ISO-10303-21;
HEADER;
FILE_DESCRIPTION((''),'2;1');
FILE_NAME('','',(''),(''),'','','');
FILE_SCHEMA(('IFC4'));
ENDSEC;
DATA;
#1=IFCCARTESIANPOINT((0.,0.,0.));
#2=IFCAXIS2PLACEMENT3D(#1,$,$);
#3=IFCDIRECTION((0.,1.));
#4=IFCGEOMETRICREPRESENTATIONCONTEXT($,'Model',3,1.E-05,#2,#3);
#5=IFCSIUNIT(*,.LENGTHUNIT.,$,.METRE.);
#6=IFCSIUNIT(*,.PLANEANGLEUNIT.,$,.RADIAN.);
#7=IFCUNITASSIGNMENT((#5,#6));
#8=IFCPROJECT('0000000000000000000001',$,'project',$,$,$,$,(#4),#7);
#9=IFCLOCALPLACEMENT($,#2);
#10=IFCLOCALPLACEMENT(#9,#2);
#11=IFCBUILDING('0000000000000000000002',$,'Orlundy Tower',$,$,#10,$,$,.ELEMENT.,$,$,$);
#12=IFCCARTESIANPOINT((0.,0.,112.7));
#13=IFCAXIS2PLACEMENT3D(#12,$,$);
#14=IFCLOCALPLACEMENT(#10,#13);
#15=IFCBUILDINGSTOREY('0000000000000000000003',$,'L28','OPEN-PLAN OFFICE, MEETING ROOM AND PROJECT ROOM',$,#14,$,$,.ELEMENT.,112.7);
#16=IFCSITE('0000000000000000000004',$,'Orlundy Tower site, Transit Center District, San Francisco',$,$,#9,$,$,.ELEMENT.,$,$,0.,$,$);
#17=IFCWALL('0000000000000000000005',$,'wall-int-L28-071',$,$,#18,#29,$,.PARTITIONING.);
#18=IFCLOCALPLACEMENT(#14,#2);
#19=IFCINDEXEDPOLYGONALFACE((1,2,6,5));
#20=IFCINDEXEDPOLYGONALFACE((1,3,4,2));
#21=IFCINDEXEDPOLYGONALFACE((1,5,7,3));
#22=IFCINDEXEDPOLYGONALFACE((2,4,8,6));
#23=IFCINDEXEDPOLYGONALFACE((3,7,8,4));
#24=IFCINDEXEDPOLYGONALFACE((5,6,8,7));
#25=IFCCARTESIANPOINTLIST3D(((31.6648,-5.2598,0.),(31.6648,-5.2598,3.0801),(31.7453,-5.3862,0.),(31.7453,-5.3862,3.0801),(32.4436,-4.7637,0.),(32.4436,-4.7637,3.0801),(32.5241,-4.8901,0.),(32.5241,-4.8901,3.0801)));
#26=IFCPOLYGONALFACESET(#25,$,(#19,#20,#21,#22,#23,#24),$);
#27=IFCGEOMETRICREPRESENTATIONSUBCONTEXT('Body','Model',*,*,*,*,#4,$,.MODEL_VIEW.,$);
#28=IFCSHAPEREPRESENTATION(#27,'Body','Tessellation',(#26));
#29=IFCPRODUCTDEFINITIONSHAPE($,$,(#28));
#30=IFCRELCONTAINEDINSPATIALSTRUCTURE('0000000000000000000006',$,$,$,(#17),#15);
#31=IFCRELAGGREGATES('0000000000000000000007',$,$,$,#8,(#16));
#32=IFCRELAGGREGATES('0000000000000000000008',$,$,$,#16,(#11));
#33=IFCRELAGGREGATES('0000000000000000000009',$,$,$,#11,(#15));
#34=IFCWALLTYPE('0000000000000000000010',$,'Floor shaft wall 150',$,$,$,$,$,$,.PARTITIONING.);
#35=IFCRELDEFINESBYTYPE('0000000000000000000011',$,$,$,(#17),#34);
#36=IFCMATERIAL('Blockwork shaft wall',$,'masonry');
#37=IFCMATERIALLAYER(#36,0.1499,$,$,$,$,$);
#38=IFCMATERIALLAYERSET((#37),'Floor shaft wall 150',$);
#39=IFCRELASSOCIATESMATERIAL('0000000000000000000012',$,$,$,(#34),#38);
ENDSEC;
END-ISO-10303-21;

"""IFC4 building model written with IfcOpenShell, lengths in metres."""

from ifc_helpers import new_model, si_unit, direction, frame, frame_2d, origin, place, context, subcontext, project, spatial, rectangle, extrude, material, layer, layer_set, type_object, element, save


model = new_model("IFC4")

# Units and contexts
model_context = context("Model", 3, precision=1e-05, world=origin(), true_north=direction((0.0, 1.0)))
body_context = subcontext(model_context, "Body", "Model", "MODEL_VIEW")
ifc_project = project(units=[si_unit("LENGTHUNIT", "METRE"), si_unit("PLANEANGLEUNIT", "RADIAN")], contexts=[model_context])

# Site, building, storey
site_placement = place(None, origin())
site = spatial("IfcSite", under=ifc_project, at=site_placement, Name="Orlundy Tower site, Transit Center District, San Francisco", CompositionType="ELEMENT", RefElevation=0.0)
building_placement = place(site_placement, origin())
building = spatial("IfcBuilding", under=site, at=building_placement, Name="Orlundy Tower", CompositionType="ELEMENT")
storey_placement = place(building_placement, frame((0.0, 0.0, 112.7)))
storey = spatial("IfcBuildingStorey", under=building, at=storey_placement, Name="L28", Description="OPEN-PLAN OFFICE, MEETING ROOM AND PROJECT ROOM", CompositionType="ELEMENT", Elevation=112.7)

# Wall
ifc_material_1 = material(Name="Blockwork shaft wall", Category="masonry")
ifc_layer_1 = layer(ifc_material_1, 0.1499)
ifc_layer_set_1 = layer_set([ifc_layer_1], Name="Floor shaft wall 150")
wall_type_1 = type_object("IfcWallType", Name="Floor shaft wall 150", PredefinedType="PARTITIONING", material=ifc_layer_set_1)
wall_1_placement = place(storey_placement, frame((31.7051, -5.323, 0.0), z_axis=(0.0, 0.0, 1.0), x_axis=(0.843422, 0.537252, 0.0)))
element("IfcWall", 1, at=wall_1_placement, inside=storey, type_object=wall_type_1, Name="wall-int-L28-071", PredefinedType="PARTITIONING", context=body_context, shape_type="SweptSolid", body=[
    extrude(rectangle(XDim=0.9233, YDim=0.1499, at=frame_2d((0.4617, 0.0))), origin(), (0.0, 0.0, 1.0), 3.0801),
])

save(model, "model.ifc")
